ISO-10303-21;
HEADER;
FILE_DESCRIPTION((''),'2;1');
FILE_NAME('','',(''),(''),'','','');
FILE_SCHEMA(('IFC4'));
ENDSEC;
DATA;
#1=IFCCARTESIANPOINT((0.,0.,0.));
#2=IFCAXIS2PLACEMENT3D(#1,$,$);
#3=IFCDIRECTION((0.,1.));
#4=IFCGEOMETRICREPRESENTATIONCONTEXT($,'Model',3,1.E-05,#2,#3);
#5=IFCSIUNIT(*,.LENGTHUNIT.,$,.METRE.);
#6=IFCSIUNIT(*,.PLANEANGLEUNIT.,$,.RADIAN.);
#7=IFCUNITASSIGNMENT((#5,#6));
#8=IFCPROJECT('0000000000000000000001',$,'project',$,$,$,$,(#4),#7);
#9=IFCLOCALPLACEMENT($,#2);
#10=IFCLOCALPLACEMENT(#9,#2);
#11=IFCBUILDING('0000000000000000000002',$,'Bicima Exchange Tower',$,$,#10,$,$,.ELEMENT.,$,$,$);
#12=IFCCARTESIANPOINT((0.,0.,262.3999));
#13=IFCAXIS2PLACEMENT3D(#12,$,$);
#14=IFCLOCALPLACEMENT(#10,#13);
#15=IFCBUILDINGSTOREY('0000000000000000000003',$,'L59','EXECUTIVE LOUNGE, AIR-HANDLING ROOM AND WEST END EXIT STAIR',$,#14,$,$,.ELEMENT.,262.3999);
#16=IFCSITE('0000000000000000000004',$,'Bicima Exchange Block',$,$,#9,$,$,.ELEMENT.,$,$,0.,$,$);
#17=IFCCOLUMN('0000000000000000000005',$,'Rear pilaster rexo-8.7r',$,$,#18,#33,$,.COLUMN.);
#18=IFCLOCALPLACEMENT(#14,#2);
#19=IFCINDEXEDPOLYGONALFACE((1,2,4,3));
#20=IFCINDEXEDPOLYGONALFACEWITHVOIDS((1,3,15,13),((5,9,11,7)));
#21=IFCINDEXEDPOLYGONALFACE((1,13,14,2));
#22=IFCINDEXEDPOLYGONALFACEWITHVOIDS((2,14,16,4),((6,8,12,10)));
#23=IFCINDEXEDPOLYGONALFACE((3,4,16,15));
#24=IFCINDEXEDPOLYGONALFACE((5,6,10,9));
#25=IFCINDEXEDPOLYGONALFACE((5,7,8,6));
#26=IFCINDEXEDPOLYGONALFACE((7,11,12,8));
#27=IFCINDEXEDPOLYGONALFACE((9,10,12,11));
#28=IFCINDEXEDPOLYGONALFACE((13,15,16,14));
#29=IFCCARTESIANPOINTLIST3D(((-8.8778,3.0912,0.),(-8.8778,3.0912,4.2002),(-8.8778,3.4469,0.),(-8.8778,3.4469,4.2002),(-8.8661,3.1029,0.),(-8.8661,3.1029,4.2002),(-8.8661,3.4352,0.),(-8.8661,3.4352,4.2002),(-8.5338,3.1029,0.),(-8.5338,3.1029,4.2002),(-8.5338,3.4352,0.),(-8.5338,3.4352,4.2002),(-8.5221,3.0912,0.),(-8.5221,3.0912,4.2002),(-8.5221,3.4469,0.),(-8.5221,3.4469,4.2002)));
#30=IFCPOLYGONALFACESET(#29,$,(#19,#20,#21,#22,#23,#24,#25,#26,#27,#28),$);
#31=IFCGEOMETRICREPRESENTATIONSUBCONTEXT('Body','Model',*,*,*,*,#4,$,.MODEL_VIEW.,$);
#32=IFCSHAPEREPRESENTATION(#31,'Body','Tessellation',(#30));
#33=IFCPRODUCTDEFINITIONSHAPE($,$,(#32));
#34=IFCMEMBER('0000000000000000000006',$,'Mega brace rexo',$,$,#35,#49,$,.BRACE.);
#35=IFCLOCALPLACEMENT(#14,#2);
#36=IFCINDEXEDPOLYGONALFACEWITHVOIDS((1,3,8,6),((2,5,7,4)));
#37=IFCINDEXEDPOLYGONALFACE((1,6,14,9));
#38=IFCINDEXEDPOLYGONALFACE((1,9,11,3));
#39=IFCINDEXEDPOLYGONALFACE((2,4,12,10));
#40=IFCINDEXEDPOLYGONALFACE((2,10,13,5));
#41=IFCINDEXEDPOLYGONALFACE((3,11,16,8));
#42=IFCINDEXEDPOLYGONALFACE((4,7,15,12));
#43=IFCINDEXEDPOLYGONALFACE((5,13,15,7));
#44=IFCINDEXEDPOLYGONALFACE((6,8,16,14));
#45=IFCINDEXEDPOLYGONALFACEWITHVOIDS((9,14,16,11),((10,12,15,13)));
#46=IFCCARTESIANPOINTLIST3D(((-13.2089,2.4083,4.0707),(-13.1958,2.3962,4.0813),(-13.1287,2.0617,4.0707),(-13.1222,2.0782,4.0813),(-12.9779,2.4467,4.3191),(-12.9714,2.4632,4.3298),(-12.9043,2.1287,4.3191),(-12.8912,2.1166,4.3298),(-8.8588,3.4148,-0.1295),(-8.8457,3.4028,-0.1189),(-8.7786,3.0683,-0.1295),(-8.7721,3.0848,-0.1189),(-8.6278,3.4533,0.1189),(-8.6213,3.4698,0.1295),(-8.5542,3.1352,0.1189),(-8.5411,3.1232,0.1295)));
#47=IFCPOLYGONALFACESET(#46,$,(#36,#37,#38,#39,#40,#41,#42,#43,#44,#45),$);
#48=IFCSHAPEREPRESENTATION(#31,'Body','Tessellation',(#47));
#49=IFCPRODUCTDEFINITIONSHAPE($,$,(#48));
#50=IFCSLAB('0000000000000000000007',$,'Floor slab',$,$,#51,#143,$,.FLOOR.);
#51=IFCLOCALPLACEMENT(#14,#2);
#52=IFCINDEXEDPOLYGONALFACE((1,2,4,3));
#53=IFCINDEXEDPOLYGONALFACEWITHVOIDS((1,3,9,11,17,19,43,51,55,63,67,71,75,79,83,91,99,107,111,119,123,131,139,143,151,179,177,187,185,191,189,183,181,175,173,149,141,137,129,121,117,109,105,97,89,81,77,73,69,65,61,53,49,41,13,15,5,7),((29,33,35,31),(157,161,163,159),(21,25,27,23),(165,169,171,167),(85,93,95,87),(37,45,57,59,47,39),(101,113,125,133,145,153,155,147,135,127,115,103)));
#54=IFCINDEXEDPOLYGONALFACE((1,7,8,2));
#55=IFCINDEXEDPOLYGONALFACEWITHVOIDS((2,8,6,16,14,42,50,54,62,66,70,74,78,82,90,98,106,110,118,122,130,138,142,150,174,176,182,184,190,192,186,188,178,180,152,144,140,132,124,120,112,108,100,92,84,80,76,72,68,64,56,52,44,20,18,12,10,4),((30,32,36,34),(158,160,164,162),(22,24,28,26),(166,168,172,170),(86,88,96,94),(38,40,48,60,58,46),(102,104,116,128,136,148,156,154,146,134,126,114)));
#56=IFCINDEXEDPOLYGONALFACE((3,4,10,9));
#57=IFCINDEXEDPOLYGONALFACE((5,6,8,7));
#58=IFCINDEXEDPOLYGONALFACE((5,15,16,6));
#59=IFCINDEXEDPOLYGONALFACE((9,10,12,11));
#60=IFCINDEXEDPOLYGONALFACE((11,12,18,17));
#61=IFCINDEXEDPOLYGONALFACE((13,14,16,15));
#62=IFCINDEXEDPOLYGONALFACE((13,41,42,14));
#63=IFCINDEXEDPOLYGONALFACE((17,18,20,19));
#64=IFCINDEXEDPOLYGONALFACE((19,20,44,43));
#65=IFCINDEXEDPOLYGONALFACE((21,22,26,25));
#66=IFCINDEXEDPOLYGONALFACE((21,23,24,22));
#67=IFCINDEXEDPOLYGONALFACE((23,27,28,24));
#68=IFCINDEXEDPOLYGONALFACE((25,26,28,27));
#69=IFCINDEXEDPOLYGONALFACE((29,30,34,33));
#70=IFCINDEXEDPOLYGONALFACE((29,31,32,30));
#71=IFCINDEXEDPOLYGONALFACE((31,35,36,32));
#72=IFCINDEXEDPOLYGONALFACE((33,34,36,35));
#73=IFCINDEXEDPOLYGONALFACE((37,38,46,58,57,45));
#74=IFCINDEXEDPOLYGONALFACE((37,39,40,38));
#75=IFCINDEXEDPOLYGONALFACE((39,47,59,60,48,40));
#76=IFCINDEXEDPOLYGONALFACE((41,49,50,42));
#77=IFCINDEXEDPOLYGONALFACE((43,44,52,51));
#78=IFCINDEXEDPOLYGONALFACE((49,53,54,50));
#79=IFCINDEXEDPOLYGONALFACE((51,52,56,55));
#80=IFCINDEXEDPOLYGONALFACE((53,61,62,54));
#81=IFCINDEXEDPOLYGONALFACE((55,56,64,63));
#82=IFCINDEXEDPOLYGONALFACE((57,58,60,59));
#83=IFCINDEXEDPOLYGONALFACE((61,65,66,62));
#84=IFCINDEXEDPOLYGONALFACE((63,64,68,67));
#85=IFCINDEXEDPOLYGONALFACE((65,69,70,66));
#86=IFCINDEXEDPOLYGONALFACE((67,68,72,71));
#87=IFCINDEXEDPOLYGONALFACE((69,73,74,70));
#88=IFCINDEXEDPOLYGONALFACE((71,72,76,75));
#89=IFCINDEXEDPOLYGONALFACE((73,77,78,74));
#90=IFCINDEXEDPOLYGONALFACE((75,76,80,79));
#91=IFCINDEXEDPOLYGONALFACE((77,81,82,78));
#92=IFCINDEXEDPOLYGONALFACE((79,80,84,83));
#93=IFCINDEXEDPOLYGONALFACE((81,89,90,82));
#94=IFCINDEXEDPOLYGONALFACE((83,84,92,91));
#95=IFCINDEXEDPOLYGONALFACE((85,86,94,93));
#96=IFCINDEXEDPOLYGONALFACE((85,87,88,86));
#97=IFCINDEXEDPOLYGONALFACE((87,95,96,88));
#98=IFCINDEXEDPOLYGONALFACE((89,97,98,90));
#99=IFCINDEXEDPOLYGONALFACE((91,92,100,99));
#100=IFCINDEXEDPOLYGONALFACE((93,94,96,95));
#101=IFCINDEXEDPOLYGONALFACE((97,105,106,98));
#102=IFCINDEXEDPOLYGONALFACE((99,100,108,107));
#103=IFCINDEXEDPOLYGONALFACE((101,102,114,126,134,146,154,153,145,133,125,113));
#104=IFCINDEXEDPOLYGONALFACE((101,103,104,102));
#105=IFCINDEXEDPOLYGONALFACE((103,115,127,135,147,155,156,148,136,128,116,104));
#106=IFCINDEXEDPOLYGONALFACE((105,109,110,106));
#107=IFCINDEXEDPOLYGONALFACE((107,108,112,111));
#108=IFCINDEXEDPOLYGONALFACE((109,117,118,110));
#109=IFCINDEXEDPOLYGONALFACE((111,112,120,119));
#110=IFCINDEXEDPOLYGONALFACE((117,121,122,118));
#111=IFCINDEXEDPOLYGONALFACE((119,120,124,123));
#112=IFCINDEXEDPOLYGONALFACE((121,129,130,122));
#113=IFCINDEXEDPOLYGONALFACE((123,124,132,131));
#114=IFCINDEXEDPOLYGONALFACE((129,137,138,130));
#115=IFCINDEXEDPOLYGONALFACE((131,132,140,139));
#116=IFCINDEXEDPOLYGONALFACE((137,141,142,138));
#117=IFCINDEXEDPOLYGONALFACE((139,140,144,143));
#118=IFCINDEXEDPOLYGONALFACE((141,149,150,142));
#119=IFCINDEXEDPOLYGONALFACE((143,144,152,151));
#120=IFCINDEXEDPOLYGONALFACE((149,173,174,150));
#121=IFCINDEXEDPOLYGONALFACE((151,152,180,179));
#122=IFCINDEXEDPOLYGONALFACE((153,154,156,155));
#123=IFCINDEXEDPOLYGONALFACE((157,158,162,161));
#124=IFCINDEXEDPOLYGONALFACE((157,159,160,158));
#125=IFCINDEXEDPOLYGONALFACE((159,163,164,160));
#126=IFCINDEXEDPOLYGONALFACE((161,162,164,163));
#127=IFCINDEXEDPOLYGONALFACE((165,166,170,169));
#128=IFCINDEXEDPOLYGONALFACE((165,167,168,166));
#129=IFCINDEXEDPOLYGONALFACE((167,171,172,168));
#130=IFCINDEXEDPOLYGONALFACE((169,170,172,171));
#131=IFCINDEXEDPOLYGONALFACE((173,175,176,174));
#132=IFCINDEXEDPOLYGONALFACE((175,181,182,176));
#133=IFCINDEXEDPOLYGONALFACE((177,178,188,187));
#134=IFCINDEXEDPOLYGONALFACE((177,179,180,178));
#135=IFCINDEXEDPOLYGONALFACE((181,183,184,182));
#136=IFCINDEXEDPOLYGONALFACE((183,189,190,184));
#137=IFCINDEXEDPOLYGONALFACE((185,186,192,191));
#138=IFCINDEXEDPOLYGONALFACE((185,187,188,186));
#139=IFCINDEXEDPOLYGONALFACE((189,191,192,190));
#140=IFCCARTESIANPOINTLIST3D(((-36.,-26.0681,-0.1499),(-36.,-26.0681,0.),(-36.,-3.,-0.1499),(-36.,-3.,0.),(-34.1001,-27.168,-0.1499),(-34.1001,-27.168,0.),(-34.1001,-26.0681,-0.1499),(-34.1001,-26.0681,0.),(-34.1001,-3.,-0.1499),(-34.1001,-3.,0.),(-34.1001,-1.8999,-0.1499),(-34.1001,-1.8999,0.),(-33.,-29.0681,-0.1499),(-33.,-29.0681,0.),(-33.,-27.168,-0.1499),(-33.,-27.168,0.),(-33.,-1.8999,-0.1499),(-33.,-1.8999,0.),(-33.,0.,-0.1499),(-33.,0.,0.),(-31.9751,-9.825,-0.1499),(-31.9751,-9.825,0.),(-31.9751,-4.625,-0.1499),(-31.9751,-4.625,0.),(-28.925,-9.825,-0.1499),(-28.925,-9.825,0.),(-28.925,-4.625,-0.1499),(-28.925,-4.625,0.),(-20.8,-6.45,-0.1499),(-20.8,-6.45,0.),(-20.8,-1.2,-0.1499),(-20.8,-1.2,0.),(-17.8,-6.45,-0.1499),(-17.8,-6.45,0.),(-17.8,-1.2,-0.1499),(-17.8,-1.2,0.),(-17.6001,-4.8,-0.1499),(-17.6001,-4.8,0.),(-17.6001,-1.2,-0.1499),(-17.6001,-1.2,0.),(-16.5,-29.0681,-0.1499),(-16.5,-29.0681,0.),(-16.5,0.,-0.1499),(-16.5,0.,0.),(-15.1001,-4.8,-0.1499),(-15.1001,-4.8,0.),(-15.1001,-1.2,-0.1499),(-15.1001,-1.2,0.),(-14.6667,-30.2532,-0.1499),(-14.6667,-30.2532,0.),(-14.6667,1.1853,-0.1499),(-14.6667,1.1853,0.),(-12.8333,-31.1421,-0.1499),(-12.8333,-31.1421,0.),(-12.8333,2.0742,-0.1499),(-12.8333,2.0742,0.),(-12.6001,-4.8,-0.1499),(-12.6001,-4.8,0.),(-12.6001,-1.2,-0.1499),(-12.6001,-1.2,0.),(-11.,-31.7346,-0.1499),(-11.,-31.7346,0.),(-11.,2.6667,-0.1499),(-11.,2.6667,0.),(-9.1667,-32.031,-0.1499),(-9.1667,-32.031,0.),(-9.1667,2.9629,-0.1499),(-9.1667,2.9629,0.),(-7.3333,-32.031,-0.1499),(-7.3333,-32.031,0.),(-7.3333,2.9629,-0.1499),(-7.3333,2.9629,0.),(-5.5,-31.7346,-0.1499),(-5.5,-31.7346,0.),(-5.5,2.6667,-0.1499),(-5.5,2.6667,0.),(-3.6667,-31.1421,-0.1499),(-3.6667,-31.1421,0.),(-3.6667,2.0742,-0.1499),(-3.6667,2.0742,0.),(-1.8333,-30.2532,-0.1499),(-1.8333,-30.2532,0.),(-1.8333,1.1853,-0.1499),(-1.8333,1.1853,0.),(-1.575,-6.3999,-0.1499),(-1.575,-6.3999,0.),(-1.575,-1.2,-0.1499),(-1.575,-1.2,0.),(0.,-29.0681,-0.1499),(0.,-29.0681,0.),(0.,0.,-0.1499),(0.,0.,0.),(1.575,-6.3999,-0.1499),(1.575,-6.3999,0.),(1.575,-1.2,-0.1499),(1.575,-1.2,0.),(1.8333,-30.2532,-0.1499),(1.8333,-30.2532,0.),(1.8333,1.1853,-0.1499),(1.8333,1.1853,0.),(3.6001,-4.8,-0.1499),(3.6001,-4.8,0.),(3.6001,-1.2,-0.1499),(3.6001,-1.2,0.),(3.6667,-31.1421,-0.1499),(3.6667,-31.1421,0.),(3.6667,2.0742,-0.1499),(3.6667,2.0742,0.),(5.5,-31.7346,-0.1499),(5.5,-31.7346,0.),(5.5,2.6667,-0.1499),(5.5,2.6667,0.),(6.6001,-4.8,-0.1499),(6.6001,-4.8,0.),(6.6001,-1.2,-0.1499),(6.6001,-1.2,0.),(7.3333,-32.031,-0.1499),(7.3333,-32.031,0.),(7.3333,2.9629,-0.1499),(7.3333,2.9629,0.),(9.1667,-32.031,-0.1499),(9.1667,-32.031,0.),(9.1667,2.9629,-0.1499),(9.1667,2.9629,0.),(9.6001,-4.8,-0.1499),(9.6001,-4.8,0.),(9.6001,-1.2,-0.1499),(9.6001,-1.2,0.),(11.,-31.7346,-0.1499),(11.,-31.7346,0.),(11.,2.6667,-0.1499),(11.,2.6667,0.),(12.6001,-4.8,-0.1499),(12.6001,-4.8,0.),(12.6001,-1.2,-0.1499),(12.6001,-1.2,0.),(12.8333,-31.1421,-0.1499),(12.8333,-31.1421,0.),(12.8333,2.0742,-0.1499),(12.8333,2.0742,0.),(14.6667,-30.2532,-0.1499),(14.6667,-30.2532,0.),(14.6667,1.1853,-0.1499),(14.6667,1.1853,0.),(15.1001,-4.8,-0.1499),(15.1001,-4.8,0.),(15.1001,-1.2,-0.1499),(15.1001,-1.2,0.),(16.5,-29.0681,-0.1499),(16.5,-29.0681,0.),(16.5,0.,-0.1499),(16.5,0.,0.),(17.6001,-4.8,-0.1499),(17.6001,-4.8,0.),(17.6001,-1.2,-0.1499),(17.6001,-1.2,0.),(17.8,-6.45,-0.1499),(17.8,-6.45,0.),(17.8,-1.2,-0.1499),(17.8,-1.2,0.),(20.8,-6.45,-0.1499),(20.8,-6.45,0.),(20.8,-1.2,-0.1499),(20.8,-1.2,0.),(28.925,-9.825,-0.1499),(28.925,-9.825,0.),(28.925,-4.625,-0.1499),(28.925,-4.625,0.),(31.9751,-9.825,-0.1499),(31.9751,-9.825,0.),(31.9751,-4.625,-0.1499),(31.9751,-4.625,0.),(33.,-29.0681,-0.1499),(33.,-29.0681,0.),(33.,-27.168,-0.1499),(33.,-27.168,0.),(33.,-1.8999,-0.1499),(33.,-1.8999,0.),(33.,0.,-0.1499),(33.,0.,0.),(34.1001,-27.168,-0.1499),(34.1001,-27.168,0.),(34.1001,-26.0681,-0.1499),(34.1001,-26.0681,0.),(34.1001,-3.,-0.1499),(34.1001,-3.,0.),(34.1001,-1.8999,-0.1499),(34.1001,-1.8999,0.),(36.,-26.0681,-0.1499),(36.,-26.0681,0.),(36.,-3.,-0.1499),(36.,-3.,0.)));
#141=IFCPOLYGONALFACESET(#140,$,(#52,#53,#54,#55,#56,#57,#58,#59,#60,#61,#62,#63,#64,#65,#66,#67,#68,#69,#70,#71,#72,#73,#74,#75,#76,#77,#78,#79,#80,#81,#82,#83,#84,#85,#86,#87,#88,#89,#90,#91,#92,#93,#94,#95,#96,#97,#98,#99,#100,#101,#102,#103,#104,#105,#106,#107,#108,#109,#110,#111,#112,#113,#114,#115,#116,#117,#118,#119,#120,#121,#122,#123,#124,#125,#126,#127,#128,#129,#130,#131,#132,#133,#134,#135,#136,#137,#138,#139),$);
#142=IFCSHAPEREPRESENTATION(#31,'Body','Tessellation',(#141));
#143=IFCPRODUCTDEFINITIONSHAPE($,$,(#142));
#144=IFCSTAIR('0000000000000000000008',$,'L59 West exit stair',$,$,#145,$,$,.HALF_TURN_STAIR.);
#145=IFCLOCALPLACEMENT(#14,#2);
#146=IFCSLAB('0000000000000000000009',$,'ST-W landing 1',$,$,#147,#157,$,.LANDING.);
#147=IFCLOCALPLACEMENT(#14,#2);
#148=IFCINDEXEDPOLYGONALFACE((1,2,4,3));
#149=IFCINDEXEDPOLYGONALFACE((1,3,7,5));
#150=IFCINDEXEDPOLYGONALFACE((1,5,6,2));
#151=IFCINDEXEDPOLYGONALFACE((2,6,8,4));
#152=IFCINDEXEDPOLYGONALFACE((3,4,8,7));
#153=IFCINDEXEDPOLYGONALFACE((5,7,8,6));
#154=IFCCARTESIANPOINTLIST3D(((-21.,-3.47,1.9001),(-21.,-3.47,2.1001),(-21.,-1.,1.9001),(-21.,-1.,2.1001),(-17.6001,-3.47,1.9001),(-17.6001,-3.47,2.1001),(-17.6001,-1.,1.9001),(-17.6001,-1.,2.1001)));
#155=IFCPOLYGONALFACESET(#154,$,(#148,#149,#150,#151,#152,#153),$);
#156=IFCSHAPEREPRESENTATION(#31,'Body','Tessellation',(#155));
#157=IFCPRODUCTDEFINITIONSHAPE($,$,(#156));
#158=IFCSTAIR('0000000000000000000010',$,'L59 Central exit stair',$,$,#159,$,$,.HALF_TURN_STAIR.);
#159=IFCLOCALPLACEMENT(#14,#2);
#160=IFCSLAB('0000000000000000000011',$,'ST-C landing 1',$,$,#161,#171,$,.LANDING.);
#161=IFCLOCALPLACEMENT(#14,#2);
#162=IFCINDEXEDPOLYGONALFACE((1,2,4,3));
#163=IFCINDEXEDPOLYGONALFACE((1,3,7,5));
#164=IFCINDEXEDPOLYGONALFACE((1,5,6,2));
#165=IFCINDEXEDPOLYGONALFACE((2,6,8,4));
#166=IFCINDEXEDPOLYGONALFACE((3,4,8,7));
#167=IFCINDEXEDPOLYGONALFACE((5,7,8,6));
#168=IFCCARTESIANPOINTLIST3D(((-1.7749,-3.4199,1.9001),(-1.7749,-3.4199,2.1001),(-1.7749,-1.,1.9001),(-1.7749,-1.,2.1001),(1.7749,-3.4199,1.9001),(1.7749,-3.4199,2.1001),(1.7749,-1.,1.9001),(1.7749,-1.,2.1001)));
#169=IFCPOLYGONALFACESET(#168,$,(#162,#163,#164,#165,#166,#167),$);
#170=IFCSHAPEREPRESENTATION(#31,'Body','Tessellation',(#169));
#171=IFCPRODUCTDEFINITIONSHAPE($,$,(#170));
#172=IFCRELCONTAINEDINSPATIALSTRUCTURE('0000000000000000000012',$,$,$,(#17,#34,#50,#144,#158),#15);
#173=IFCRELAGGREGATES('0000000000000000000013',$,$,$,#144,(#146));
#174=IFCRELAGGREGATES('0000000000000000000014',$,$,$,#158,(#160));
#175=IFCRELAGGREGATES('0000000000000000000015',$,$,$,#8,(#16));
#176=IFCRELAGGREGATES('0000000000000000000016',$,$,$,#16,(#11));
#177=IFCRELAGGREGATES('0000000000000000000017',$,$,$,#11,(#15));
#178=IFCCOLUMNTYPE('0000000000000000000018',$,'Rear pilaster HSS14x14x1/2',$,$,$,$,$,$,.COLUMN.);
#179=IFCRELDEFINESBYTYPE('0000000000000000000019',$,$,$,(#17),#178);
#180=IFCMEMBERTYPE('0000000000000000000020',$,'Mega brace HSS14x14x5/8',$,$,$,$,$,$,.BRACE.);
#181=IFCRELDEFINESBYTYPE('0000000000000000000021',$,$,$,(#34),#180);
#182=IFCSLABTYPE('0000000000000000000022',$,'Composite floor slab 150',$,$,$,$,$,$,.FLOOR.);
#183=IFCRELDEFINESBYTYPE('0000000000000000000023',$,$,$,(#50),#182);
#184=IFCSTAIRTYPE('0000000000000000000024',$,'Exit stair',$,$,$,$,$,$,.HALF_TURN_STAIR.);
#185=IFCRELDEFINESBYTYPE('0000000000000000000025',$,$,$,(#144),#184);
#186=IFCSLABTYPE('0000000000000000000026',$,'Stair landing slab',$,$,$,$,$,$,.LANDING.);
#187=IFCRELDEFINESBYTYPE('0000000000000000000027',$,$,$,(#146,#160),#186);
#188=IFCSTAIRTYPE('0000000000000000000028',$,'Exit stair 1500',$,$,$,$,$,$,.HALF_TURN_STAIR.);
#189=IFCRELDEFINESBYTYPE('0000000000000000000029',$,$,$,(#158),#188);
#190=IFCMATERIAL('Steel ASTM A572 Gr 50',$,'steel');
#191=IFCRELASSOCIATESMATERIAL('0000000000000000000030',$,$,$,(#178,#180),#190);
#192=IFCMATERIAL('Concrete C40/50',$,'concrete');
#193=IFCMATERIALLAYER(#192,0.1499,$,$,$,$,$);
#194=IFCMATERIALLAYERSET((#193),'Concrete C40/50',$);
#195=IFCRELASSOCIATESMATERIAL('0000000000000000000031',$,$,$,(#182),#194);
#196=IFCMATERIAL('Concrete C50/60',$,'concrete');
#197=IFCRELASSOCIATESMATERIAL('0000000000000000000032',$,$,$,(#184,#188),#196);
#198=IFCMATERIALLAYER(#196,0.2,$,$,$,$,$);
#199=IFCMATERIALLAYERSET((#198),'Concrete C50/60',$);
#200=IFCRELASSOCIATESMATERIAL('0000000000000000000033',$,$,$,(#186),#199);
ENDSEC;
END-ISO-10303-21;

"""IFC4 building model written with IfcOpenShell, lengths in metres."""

from ifc_helpers import new_model, si_unit, direction, frame, origin, origin_2d, place, context, subcontext, project, spatial, polyline, hollow_rectangle, outline, extrude, material, layer, layer_set, material_profile, profile_set, type_object, element, aggregate, save


model = new_model("IFC4")

# Units and contexts
model_context = context("Model", 3, precision=1e-05, world=origin(), true_north=direction((0.0, 1.0)))
body_context = subcontext(model_context, "Body", "Model", "MODEL_VIEW")
ifc_project = project(units=[si_unit("LENGTHUNIT", "METRE"), si_unit("PLANEANGLEUNIT", "RADIAN")], contexts=[model_context])

# Site, building, storey
site_placement = place(None, origin())
site = spatial("IfcSite", under=ifc_project, at=site_placement, Name="Bicima Exchange Block", CompositionType="ELEMENT", RefElevation=0.0)
building_placement = place(site_placement, origin())
building = spatial("IfcBuilding", under=site, at=building_placement, Name="Bicima Exchange Tower", CompositionType="ELEMENT")
storey_placement = place(building_placement, frame((0.0, 0.0, 262.3999)))
storey = spatial("IfcBuildingStorey", under=building, at=storey_placement, Name="L59", Description="EXECUTIVE LOUNGE, AIR-HANDLING ROOM AND WEST END EXIT STAIR", CompositionType="ELEMENT", Elevation=262.3999)

# Column
ifc_material_1 = material(Name="Steel ASTM A572 Gr 50", Category="steel")
ifc_material_profile_1 = material_profile(ifc_material_1, hollow_rectangle(XDim=0.3557, YDim=0.3557, WallThickness=0.0117, at=origin_2d()))
ifc_profile_set_1 = profile_set([ifc_material_profile_1], Name="Steel ASTM A572 Gr 50")
column_type = type_object("IfcColumnType", Name="Rear pilaster HSS14x14x1/2", PredefinedType="COLUMN", material=ifc_profile_set_1)
column_placement = place(storey_placement, frame((-8.7, 3.269, 0.0), z_axis=(0.0, 0.0, 1.0), x_axis=(1.0, 0.0, 0.0)))
element("IfcColumn", 1, at=column_placement, inside=storey, type_object=column_type, Name="Rear pilaster rexo-8.7r", PredefinedType="COLUMN", context=body_context, shape_type="SweptSolid", body=[
    extrude(hollow_rectangle(XDim=0.3557, YDim=0.3557, WallThickness=0.0117, at=origin_2d()), origin(), (0.0, 0.0, 1.0), 4.2002),
])

# Member
ifc_material_profile_2 = material_profile(ifc_material_1, hollow_rectangle(XDim=0.3557, YDim=0.3557, WallThickness=0.0146, at=origin_2d()))
ifc_profile_set_2 = profile_set([ifc_material_profile_2], Name="Steel ASTM A572 Gr 50")
member_type = type_object("IfcMemberType", Name="Mega brace HSS14x14x5/8", PredefinedType="BRACE", material=ifc_profile_set_2)
member_placement = place(storey_placement, frame((-8.7, 3.269, 0.0), z_axis=(-0.709628, -0.164205, 0.685175), x_axis=(0.225439, -0.974257, 0.0)))
element("IfcMember", 2, at=member_placement, inside=storey, type_object=member_type, Name="Mega brace rexo", PredefinedType="BRACE", context=body_context, shape_type="SweptSolid", body=[
    extrude(hollow_rectangle(XDim=0.3557, YDim=0.3557, WallThickness=0.0146, at=origin_2d()), origin(), (0.0, 0.0, 1.0), 6.1301),
])

# Slab
ifc_material_2 = material(Name="Concrete C40/50", Category="concrete")
ifc_layer_1 = layer(ifc_material_2, 0.1499)
ifc_layer_set_1 = layer_set([ifc_layer_1], Name="Concrete C40/50")
slab_type_1 = type_object("IfcSlabType", Name="Composite floor slab 150", PredefinedType="FLOOR", material=ifc_layer_set_1)
slab_1_placement = place(storey_placement, frame((0.0, 0.0, -0.1499)))
element("IfcSlab", 3, at=slab_1_placement, inside=storey, type_object=slab_type_1, Name="Floor slab", PredefinedType="FLOOR", context=body_context, shape_type="SweptSolid", body=[
    extrude(outline(polyline([(-36.0, -26.0681), (-36.0, -3.0), (-34.1001, -3.0), (-34.1001, -1.8999), (-33.0, -1.8999), (-33.0, 0.0), (-16.5, 0.0), (-14.6667, 1.1853), (-12.8333, 2.0742), (-11.0, 2.6667), (-9.1667, 2.9629), (-7.3333, 2.9629), (-5.5, 2.6667), (-3.6667, 2.0742), (-1.8333, 1.1853), (0.0, 0.0), (1.8333, 1.1853), (3.6667, 2.0742), (5.5, 2.6667), (7.3333, 2.9629), (9.1667, 2.9629), (11.0, 2.6667), (12.8333, 2.0742), (14.6667, 1.1853), (16.5, 0.0), (33.0, 0.0), (33.0, -1.8999), (34.1001, -1.8999), (34.1001, -3.0), (36.0, -3.0), (36.0, -26.0681), (34.1001, -26.0681), (34.1001, -27.168), (33.0, -27.168), (33.0, -29.0681), (16.5, -29.0681), (14.6667, -30.2532), (12.8333, -31.1421), (11.0, -31.7346), (9.1667, -32.031), (7.3333, -32.031), (5.5, -31.7346), (3.6667, -31.1421), (1.8333, -30.2532), (0.0, -29.0681), (-1.8333, -30.2532), (-3.6667, -31.1421), (-5.5, -31.7346), (-7.3333, -32.031), (-9.1667, -32.031), (-11.0, -31.7346), (-12.8333, -31.1421), (-14.6667, -30.2532), (-16.5, -29.0681), (-33.0, -29.0681), (-33.0, -27.168), (-34.1001, -27.168), (-34.1001, -26.0681), (-36.0, -26.0681)]), holes=[polyline([(-28.925, -9.825), (-28.925, -4.625), (-31.9751, -4.625), (-31.9751, -9.825), (-28.925, -9.825)]), polyline([(-20.8, -6.45), (-17.8, -6.45), (-17.8, -1.2), (-20.8, -1.2), (-20.8, -6.45)]), polyline([(-1.575, -6.3999), (1.575, -6.3999), (1.575, -1.2), (-1.575, -1.2), (-1.575, -6.3999)]), polyline([(-12.6001, -1.2), (-15.1001, -1.2), (-17.6001, -1.2), (-17.6001, -4.8), (-15.1001, -4.8), (-12.6001, -4.8), (-12.6001, -1.2)]), polyline([(3.6001, -4.8), (6.6001, -4.8), (9.6001, -4.8), (12.6001, -4.8), (15.1001, -4.8), (17.6001, -4.8), (17.6001, -1.2), (15.1001, -1.2), (12.6001, -1.2), (9.6001, -1.2), (6.6001, -1.2), (3.6001, -1.2), (3.6001, -4.8)]), polyline([(31.9751, -9.825), (31.9751, -4.625), (28.925, -4.625), (28.925, -9.825), (31.9751, -9.825)]), polyline([(17.8, -6.45), (20.8, -6.45), (20.8, -1.2), (17.8, -1.2), (17.8, -6.45)])]), origin(), (0.0, 0.0, 1.0), 0.1499),
])

# Stairs, slabs
ifc_material_3 = material(Name="Concrete C50/60", Category="concrete")
stair_type_1 = type_object("IfcStairType", Name="Exit stair", PredefinedType="HALF_TURN_STAIR", material=ifc_material_3)
stair_1_placement = place(storey_placement, origin())
stair_1 = element("IfcStair", 4, at=stair_1_placement, inside=storey, type_object=stair_type_1, Name="L59 West exit stair", PredefinedType="HALF_TURN_STAIR")
ifc_layer_2 = layer(ifc_material_3, 0.2)
ifc_layer_set_2 = layer_set([ifc_layer_2], Name="Concrete C50/60")
slab_type_2 = type_object("IfcSlabType", Name="Stair landing slab", PredefinedType="LANDING", material=ifc_layer_set_2)
slab_2_placement = place(storey_placement, frame((0.0, 0.0, 1.9001)))
slab_2 = element("IfcSlab", 5, at=slab_2_placement, type_object=slab_type_2, Name="ST-W landing 1", PredefinedType="LANDING", context=body_context, shape_type="SweptSolid", body=[
    extrude(outline(polyline([(-17.6001, -3.47), (-17.6001, -1.0), (-21.0, -1.0), (-21.0, -3.47), (-17.6001, -3.47)])), origin(), (0.0, 0.0, 1.0), 0.2),
])
aggregate(stair_1, [slab_2])
stair_type_2 = type_object("IfcStairType", Name="Exit stair 1500", PredefinedType="HALF_TURN_STAIR", material=ifc_material_3)
stair_2_placement = place(storey_placement, origin())
stair_2 = element("IfcStair", 6, at=stair_2_placement, inside=storey, type_object=stair_type_2, Name="L59 Central exit stair", PredefinedType="HALF_TURN_STAIR")
slab_3_placement = place(storey_placement, frame((0.0, 0.0, 1.9001)))
slab_3 = element("IfcSlab", 7, at=slab_3_placement, type_object=slab_type_2, Name="ST-C landing 1", PredefinedType="LANDING", context=body_context, shape_type="SweptSolid", body=[
    extrude(outline(polyline([(1.7749, -3.4199), (1.7749, -1.0), (-1.7749, -1.0), (-1.7749, -3.4199), (1.7749, -3.4199)])), origin(), (0.0, 0.0, 1.0), 0.2),
])

aggregate(stair_2, [slab_3])

save(model, "model.ifc")
